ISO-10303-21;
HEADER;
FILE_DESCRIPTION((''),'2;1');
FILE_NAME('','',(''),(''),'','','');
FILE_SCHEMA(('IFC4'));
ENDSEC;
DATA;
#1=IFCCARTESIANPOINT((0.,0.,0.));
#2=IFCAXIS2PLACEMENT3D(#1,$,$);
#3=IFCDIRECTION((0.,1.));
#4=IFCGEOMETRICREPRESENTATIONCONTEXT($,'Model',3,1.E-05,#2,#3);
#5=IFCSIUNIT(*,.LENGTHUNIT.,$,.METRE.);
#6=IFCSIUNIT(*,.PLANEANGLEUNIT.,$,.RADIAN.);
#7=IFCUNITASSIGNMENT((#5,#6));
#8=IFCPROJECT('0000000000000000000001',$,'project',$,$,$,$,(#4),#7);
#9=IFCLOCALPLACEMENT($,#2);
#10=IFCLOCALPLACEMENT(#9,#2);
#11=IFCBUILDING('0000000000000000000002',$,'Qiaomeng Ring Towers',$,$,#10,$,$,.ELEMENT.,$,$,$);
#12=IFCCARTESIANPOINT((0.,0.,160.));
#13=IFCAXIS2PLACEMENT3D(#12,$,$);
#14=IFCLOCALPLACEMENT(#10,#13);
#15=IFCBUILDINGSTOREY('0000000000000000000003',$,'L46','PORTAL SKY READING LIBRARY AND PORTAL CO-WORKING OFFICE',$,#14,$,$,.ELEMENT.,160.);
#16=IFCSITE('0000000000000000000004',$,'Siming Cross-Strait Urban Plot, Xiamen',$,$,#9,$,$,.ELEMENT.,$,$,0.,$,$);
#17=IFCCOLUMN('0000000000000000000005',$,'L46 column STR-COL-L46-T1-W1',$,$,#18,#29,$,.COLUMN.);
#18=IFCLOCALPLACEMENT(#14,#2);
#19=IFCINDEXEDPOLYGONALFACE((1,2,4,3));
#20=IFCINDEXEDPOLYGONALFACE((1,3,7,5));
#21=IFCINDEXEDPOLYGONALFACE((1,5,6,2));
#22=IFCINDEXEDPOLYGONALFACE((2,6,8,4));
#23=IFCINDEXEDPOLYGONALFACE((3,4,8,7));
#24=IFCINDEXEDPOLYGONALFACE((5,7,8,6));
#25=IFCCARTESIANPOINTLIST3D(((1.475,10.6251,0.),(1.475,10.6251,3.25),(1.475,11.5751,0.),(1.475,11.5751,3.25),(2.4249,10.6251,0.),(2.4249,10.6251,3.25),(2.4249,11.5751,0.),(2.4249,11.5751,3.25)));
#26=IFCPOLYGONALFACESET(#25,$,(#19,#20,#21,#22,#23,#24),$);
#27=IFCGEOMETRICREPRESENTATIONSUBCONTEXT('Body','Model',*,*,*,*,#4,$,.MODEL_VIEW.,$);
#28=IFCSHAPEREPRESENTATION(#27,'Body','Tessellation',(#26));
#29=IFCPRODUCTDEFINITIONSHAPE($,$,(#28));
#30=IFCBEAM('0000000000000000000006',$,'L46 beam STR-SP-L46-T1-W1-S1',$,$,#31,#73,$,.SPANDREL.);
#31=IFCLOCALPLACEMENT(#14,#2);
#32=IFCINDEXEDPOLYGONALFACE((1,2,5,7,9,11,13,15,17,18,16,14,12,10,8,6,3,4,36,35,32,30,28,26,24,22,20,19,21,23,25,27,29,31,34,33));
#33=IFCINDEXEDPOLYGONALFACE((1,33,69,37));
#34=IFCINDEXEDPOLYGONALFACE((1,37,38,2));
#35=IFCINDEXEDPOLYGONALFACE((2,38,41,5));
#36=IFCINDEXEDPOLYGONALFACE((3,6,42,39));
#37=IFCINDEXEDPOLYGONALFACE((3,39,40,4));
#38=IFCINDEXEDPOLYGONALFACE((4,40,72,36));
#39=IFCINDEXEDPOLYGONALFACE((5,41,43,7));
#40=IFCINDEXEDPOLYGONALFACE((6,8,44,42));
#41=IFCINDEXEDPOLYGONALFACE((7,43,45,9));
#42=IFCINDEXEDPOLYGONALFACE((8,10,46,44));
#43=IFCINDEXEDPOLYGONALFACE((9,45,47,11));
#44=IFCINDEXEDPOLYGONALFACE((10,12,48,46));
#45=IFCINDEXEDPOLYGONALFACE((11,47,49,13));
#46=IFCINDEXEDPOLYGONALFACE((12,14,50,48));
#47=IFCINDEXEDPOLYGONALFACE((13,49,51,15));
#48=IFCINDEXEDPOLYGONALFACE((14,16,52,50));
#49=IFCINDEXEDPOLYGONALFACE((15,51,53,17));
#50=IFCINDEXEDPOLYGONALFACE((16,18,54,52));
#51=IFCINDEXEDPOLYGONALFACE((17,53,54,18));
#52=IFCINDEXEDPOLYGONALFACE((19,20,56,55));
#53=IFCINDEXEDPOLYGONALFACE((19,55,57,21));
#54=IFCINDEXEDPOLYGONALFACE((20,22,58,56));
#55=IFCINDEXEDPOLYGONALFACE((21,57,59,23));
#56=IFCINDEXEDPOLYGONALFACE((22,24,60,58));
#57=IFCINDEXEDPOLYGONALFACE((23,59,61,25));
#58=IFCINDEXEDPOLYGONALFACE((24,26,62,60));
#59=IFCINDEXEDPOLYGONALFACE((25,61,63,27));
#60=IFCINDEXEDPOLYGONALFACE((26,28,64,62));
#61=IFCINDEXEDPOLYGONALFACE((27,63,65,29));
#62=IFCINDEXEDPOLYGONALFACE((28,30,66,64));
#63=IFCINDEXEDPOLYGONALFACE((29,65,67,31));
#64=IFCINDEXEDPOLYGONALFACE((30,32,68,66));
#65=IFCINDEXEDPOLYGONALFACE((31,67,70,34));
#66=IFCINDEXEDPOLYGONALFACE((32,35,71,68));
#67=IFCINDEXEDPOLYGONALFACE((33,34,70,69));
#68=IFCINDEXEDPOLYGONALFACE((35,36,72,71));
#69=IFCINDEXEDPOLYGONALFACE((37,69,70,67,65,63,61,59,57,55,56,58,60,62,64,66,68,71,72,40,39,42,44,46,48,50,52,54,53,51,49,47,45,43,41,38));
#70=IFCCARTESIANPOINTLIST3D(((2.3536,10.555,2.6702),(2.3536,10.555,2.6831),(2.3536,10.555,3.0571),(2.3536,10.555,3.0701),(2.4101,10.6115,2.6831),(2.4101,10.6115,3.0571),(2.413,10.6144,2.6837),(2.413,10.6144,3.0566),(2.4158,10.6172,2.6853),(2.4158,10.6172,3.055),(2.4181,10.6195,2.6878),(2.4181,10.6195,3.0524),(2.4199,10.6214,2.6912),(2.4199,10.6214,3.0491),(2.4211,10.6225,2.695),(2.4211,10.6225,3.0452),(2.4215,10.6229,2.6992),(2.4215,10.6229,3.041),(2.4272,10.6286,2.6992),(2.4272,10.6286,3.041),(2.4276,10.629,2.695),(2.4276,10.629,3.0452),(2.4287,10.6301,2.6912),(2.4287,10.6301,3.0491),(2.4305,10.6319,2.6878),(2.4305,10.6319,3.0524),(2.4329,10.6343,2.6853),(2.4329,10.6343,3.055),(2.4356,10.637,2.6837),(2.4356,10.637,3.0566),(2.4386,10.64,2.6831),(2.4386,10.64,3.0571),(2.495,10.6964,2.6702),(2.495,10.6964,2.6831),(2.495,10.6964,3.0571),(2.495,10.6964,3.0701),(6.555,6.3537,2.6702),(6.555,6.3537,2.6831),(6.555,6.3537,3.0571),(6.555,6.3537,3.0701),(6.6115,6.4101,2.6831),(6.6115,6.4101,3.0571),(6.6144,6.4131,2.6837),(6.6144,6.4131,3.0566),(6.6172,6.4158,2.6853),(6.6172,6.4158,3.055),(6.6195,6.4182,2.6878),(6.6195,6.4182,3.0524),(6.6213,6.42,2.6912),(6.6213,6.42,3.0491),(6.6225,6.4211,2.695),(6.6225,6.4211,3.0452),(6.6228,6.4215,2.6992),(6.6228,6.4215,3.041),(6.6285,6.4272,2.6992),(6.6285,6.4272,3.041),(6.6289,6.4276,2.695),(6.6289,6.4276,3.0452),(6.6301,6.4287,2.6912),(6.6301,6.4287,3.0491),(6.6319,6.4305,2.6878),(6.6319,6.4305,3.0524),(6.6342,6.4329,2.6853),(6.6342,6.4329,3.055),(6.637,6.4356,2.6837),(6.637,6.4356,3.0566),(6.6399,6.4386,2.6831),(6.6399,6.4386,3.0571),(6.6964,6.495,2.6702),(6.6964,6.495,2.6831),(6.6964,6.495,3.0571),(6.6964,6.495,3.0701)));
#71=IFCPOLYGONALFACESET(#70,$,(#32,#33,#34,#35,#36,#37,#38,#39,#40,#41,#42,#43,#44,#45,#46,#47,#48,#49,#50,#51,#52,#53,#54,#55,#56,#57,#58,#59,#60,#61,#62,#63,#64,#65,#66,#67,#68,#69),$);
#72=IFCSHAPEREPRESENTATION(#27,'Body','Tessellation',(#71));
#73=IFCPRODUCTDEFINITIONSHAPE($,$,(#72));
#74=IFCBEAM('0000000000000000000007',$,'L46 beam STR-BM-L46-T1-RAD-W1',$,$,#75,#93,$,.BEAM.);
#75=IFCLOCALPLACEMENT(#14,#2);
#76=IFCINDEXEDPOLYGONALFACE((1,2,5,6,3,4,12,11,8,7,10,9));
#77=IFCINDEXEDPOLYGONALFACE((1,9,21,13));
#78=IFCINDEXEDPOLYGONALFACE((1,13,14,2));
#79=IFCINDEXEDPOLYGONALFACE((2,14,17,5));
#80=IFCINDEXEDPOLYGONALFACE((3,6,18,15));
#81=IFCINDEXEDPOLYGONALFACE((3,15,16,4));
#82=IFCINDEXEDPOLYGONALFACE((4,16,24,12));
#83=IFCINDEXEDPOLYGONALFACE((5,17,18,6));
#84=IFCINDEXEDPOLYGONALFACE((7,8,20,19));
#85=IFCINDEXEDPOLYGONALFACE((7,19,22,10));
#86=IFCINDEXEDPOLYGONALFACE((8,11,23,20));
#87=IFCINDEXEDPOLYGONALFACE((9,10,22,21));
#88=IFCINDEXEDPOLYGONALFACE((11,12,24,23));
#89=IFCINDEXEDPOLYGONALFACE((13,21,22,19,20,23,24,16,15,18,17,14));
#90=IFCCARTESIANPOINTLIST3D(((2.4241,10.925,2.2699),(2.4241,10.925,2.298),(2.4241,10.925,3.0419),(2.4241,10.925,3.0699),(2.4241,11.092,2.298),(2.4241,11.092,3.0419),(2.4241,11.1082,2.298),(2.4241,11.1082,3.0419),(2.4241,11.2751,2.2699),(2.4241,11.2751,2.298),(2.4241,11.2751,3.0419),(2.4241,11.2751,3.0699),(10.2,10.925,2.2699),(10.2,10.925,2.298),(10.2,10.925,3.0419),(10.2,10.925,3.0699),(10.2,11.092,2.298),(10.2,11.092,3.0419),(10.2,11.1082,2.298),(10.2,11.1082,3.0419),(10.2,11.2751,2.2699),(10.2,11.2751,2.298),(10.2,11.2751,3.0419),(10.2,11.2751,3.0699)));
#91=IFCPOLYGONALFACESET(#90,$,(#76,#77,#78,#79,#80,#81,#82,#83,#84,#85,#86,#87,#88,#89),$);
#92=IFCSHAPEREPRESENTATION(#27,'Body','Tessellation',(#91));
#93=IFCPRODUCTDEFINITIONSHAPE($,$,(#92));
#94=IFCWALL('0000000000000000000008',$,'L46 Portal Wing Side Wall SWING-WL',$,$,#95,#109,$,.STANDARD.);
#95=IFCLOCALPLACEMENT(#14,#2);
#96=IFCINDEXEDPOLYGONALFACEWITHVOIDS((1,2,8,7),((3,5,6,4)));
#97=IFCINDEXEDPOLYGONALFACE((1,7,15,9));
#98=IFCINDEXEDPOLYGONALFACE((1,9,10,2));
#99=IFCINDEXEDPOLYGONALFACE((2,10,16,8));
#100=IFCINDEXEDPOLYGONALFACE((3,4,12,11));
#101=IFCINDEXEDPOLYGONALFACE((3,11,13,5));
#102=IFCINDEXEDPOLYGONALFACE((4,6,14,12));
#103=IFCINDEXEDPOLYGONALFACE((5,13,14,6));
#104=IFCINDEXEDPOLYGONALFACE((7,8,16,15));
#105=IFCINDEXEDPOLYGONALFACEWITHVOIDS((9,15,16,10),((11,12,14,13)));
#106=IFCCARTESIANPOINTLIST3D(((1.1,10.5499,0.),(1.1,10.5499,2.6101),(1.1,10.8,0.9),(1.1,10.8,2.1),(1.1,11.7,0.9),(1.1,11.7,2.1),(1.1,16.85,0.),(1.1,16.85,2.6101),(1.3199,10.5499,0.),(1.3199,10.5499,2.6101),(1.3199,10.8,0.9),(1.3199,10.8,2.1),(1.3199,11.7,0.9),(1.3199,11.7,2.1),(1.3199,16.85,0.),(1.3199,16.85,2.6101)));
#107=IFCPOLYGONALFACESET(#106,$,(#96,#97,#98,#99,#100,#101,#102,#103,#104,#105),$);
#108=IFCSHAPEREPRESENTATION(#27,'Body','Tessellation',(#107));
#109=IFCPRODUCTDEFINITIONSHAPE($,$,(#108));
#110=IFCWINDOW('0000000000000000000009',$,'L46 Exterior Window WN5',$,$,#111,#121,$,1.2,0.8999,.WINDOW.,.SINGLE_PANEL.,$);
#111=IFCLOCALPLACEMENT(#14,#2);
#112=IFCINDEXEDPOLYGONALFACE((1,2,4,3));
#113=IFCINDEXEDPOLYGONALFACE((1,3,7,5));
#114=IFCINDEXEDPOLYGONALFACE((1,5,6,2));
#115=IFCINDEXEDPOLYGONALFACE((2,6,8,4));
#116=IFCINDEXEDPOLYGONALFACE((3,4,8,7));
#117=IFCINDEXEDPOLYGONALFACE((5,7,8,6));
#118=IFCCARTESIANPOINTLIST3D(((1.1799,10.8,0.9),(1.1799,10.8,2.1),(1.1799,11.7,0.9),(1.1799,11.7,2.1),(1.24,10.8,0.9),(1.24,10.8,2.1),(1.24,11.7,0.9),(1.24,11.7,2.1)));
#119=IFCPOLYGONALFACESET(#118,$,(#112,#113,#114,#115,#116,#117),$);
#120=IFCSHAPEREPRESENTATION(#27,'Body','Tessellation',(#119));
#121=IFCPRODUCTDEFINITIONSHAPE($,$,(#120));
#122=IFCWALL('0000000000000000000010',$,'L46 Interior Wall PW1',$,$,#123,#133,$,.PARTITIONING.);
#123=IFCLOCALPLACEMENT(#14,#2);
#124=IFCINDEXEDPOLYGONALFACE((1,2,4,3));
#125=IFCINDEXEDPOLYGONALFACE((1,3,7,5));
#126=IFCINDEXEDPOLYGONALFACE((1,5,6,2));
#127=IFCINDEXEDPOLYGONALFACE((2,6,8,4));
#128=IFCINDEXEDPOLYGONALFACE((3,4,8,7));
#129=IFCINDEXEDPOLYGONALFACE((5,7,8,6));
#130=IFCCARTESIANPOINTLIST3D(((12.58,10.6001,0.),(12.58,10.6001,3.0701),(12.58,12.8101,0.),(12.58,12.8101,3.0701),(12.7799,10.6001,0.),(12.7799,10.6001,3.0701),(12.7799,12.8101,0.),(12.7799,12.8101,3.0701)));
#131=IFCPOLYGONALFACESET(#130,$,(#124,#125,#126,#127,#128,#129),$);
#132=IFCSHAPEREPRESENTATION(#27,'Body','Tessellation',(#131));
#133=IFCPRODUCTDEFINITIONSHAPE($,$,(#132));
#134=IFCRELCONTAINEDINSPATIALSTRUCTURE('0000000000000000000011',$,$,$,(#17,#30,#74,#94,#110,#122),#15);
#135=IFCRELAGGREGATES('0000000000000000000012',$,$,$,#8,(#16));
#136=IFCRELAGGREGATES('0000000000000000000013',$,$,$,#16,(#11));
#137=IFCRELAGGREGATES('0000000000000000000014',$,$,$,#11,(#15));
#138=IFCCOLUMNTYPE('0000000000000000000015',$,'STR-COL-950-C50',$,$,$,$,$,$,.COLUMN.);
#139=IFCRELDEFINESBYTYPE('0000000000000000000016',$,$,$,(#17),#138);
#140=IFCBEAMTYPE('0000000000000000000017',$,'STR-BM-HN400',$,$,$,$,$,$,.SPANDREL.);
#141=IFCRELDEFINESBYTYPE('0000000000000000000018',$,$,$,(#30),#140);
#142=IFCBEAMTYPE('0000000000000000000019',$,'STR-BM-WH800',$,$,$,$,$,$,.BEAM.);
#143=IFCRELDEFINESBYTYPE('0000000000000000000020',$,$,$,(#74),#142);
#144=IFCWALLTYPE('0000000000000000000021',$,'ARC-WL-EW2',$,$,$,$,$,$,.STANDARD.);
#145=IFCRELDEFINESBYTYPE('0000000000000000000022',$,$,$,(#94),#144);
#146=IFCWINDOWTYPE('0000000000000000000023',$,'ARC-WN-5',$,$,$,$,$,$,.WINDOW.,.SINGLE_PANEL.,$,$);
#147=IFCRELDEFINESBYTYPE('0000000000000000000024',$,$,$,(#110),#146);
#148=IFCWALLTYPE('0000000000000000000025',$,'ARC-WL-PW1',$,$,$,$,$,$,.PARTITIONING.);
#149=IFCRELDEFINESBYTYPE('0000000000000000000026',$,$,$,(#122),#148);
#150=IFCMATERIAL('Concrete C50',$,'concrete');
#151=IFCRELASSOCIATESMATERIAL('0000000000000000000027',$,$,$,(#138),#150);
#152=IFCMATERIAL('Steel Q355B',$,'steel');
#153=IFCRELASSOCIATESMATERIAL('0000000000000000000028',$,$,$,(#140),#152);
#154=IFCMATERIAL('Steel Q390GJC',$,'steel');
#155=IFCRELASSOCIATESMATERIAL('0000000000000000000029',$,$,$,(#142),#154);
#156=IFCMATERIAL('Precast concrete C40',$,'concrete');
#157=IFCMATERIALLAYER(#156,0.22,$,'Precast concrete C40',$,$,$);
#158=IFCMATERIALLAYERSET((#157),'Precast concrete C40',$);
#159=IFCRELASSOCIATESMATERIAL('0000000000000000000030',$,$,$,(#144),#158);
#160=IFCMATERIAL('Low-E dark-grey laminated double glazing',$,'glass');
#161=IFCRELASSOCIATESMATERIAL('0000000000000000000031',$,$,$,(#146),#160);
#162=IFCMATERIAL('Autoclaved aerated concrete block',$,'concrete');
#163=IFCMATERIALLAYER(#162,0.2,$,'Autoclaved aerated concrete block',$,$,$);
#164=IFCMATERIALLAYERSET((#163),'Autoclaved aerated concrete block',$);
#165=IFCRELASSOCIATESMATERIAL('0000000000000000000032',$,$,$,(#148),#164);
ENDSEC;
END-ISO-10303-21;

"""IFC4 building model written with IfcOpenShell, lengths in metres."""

from ifc_helpers import new_model, si_unit, direction, frame, frame_2d, origin, origin_2d, place, context, subcontext, project, spatial, rectangle, i_section, extrude, source, transform, mapped, material, layer, layer_set, material_profile, profile_set, type_object, element, fill, save


model = new_model("IFC4")

# Units and contexts
model_context = context("Model", 3, precision=1e-05, world=origin(), true_north=direction((0.0, 1.0)))
body_context = subcontext(model_context, "Body", "Model", "MODEL_VIEW")
ifc_project = project(units=[si_unit("LENGTHUNIT", "METRE"), si_unit("PLANEANGLEUNIT", "RADIAN")], contexts=[model_context])

# Site, building, storey
site_placement = place(None, origin())
site = spatial("IfcSite", under=ifc_project, at=site_placement, Name="Siming Cross-Strait Urban Plot, Xiamen", CompositionType="ELEMENT", RefElevation=0.0)
building_placement = place(site_placement, origin())
building = spatial("IfcBuilding", under=site, at=building_placement, Name="Qiaomeng Ring Towers", CompositionType="ELEMENT")
storey_placement = place(building_placement, frame((0.0, 0.0, 160.0)))
storey = spatial("IfcBuildingStorey", under=building, at=storey_placement, Name="L46", Description="PORTAL SKY READING LIBRARY AND PORTAL CO-WORKING OFFICE", CompositionType="ELEMENT", Elevation=160.0)

# Column
ifc_material_1 = material(Name="Concrete C50", Category="concrete")
ifc_material_profile_1 = material_profile(ifc_material_1, rectangle(XDim=0.95, YDim=0.95, at=origin_2d()), Name="RC COL 950x950")
ifc_profile_set_1 = profile_set([ifc_material_profile_1], Name="Concrete C50")
column_type = type_object("IfcColumnType", Name="STR-COL-950-C50", PredefinedType="COLUMN", material=ifc_profile_set_1)
shared_shape_1 = source(origin(), body_context, "Body", "SweptSolid", [
    extrude(rectangle(XDim=0.95, YDim=0.95, at=origin_2d()), origin(), (0.0, 0.0, 1.0), 3.25),
])
column_placement = place(storey_placement, frame((1.95, 11.1001, 0.0), z_axis=(0.0, 0.0, 1.0), x_axis=(1.0, 0.0, 0.0)))
element("IfcColumn", 1, at=column_placement, inside=storey, type_object=column_type, Name="L46 column STR-COL-L46-T1-W1", PredefinedType="COLUMN", context=body_context, shape_type="MappedRepresentation", body=[
    mapped(shared_shape_1, transform((0.0, 0.0, 0.0), x_axis=(1.0, 0.0, 0.0), y_axis=(0.0, 1.0, 0.0), z_axis=(0.0, 0.0, 1.0), scale=1.0)),
])

# Beams
ifc_material_2 = material(Name="Steel Q355B", Category="steel")
ifc_material_profile_2 = material_profile(ifc_material_2, i_section(OverallWidth=0.2, OverallDepth=0.3999, WebThickness=0.0081, FlangeThickness=0.0129, FilletRadius=0.0161, at=origin_2d()), Name="HN 400x200x8x13")
ifc_profile_set_2 = profile_set([ifc_material_profile_2], Name="Steel Q355B")
beam_type_1 = type_object("IfcBeamType", Name="STR-BM-HN400", PredefinedType="SPANDREL", material=ifc_profile_set_2)
shared_shape_2 = source(origin(), body_context, "Body", "SweptSolid", [
    extrude(i_section(OverallWidth=0.2, OverallDepth=0.3999, WebThickness=0.0081, FlangeThickness=0.0129, FilletRadius=0.0161, at=origin_2d()), origin(), (0.0, 0.0, 1.0), 5.9417),
])
beam_1_placement = place(storey_placement, frame((2.4243, 10.6257, 2.8701), z_axis=(0.707107, -0.707107, 0.0), x_axis=(0.707107, 0.707107, 0.0)))
element("IfcBeam", 2, at=beam_1_placement, inside=storey, type_object=beam_type_1, Name="L46 beam STR-SP-L46-T1-W1-S1", PredefinedType="SPANDREL", context=body_context, shape_type="MappedRepresentation", body=[
    mapped(shared_shape_2, transform((0.0, 0.0, 0.0), x_axis=(1.0, 0.0, 0.0), y_axis=(0.0, 1.0, 0.0), z_axis=(0.0, 0.0, 1.0), scale=1.0)),
])
ifc_material_3 = material(Name="Steel Q390GJC", Category="steel")
ifc_material_profile_3 = material_profile(ifc_material_3, i_section(OverallWidth=0.3501, OverallDepth=0.8, WebThickness=0.0161, FlangeThickness=0.0281, at=origin_2d()), Name="WH 800x350x16x28")
ifc_profile_set_3 = profile_set([ifc_material_profile_3], Name="Steel Q390GJC")
beam_type_2 = type_object("IfcBeamType", Name="STR-BM-WH800", PredefinedType="BEAM", material=ifc_profile_set_3)
shared_shape_3 = source(origin(), body_context, "Body", "SweptSolid", [
    extrude(i_section(OverallWidth=0.3501, OverallDepth=0.8, WebThickness=0.0161, FlangeThickness=0.0281, at=origin_2d()), origin(), (0.0, 0.0, 1.0), 7.7759),
])
beam_2_placement = place(storey_placement, frame((2.4241, 11.1001, 2.6699), z_axis=(1.0, 0.0, 0.0), x_axis=(0.0, 1.0, 0.0)))
element("IfcBeam", 3, at=beam_2_placement, inside=storey, type_object=beam_type_2, Name="L46 beam STR-BM-L46-T1-RAD-W1", PredefinedType="BEAM", context=body_context, shape_type="MappedRepresentation", body=[
    mapped(shared_shape_3, transform((0.0, 0.0, 0.0), x_axis=(1.0, 0.0, 0.0), y_axis=(0.0, 1.0, 0.0), z_axis=(0.0, 0.0, 1.0), scale=1.0)),
])

# Wall, opening, window
ifc_material_4 = material(Name="Precast concrete C40", Category="concrete")
ifc_layer_1 = layer(ifc_material_4, 0.22, Name="Precast concrete C40")
ifc_layer_set_1 = layer_set([ifc_layer_1], Name="Precast concrete C40")
wall_type_1 = type_object("IfcWallType", Name="ARC-WL-EW2", PredefinedType="STANDARD", material=ifc_layer_set_1)
wall_1_placement = place(storey_placement, frame((1.21, 10.55, 0.0), z_axis=(0.0, 0.0, 1.0), x_axis=(0.0, 1.0, 0.0)))
wall_1 = element("IfcWall", 4, at=wall_1_placement, inside=storey, type_object=wall_type_1, Name="L46 Portal Wing Side Wall SWING-WL", PredefinedType="STANDARD", context=body_context, shape_type="SweptSolid", body=[
    extrude(rectangle(XDim=6.3, YDim=0.22, at=frame_2d((3.1499, 0.0))), origin(), (0.0, 0.0, 1.0), 2.6101),
])
opening_1_placement = place(wall_1_placement, frame((0.25, 0.0, 0.8999)))
opening_1 = element("IfcOpeningElement", 5, at=opening_1_placement, cuts=wall_1, PredefinedType="OPENING", context=body_context, shape_type="SweptSolid", body=[
    extrude(rectangle(XDim=0.8999, YDim=1.2, at=frame_2d((0.45, 0.6001))), frame((0.0, 0.1199, 0.0), z_axis=(0.0, -1.0, 0.0), x_axis=(1.0, 0.0, 0.0)), (0.0, 0.0, 1.0), 0.24),
])
ifc_material_5 = material(Name="Low-E dark-grey laminated double glazing", Category="glass")
window_type = type_object("IfcWindowType", Name="ARC-WN-5", PartitioningType="SINGLE_PANEL", PredefinedType="WINDOW", material=ifc_material_5)
shared_shape_4 = source(origin(), body_context, "Body", "SweptSolid", [
    extrude(rectangle(XDim=0.8999, YDim=1.2, at=frame_2d((0.45, 0.6001))), frame((0.0, 0.03, 0.0), z_axis=(0.0, -1.0, 0.0), x_axis=(1.0, 0.0, 0.0)), (0.0, 0.0, 1.0), 0.0601),
])
window_placement = place(opening_1_placement, origin())
window = element("IfcWindow", 6, at=window_placement, inside=storey, type_object=window_type, Name="L46 Exterior Window WN5", OverallHeight=1.2, OverallWidth=0.8999, PartitioningType="SINGLE_PANEL", PredefinedType="WINDOW", context=body_context, shape_type="MappedRepresentation", body=[
    mapped(shared_shape_4, transform((0.0, 0.0, 0.0), x_axis=(1.0, 0.0, 0.0), y_axis=(0.0, 1.0, 0.0), z_axis=(0.0, 0.0, 1.0), scale=1.0)),
])
fill(opening_1, window)

# Wall
ifc_material_6 = material(Name="Autoclaved aerated concrete block", Category="concrete")
ifc_layer_2 = layer(ifc_material_6, 0.2, Name="Autoclaved aerated concrete block")
ifc_layer_set_2 = layer_set([ifc_layer_2], Name="Autoclaved aerated concrete block")
wall_type_2 = type_object("IfcWallType", Name="ARC-WL-PW1", PredefinedType="PARTITIONING", material=ifc_layer_set_2)
wall_2_placement = place(storey_placement, frame((12.6799, 10.6001, 0.0), z_axis=(0.0, 0.0, 1.0), x_axis=(0.0, 1.0, 0.0)))
element("IfcWall", 7, at=wall_2_placement, inside=storey, type_object=wall_type_2, Name="L46 Interior Wall PW1", PredefinedType="PARTITIONING", context=body_context, shape_type="SweptSolid", body=[
    extrude(rectangle(XDim=2.21, YDim=0.2, at=frame_2d((1.105, 0.0))), origin(), (0.0, 0.0, 1.0), 3.0701),
])

save(model, "model.ifc")
